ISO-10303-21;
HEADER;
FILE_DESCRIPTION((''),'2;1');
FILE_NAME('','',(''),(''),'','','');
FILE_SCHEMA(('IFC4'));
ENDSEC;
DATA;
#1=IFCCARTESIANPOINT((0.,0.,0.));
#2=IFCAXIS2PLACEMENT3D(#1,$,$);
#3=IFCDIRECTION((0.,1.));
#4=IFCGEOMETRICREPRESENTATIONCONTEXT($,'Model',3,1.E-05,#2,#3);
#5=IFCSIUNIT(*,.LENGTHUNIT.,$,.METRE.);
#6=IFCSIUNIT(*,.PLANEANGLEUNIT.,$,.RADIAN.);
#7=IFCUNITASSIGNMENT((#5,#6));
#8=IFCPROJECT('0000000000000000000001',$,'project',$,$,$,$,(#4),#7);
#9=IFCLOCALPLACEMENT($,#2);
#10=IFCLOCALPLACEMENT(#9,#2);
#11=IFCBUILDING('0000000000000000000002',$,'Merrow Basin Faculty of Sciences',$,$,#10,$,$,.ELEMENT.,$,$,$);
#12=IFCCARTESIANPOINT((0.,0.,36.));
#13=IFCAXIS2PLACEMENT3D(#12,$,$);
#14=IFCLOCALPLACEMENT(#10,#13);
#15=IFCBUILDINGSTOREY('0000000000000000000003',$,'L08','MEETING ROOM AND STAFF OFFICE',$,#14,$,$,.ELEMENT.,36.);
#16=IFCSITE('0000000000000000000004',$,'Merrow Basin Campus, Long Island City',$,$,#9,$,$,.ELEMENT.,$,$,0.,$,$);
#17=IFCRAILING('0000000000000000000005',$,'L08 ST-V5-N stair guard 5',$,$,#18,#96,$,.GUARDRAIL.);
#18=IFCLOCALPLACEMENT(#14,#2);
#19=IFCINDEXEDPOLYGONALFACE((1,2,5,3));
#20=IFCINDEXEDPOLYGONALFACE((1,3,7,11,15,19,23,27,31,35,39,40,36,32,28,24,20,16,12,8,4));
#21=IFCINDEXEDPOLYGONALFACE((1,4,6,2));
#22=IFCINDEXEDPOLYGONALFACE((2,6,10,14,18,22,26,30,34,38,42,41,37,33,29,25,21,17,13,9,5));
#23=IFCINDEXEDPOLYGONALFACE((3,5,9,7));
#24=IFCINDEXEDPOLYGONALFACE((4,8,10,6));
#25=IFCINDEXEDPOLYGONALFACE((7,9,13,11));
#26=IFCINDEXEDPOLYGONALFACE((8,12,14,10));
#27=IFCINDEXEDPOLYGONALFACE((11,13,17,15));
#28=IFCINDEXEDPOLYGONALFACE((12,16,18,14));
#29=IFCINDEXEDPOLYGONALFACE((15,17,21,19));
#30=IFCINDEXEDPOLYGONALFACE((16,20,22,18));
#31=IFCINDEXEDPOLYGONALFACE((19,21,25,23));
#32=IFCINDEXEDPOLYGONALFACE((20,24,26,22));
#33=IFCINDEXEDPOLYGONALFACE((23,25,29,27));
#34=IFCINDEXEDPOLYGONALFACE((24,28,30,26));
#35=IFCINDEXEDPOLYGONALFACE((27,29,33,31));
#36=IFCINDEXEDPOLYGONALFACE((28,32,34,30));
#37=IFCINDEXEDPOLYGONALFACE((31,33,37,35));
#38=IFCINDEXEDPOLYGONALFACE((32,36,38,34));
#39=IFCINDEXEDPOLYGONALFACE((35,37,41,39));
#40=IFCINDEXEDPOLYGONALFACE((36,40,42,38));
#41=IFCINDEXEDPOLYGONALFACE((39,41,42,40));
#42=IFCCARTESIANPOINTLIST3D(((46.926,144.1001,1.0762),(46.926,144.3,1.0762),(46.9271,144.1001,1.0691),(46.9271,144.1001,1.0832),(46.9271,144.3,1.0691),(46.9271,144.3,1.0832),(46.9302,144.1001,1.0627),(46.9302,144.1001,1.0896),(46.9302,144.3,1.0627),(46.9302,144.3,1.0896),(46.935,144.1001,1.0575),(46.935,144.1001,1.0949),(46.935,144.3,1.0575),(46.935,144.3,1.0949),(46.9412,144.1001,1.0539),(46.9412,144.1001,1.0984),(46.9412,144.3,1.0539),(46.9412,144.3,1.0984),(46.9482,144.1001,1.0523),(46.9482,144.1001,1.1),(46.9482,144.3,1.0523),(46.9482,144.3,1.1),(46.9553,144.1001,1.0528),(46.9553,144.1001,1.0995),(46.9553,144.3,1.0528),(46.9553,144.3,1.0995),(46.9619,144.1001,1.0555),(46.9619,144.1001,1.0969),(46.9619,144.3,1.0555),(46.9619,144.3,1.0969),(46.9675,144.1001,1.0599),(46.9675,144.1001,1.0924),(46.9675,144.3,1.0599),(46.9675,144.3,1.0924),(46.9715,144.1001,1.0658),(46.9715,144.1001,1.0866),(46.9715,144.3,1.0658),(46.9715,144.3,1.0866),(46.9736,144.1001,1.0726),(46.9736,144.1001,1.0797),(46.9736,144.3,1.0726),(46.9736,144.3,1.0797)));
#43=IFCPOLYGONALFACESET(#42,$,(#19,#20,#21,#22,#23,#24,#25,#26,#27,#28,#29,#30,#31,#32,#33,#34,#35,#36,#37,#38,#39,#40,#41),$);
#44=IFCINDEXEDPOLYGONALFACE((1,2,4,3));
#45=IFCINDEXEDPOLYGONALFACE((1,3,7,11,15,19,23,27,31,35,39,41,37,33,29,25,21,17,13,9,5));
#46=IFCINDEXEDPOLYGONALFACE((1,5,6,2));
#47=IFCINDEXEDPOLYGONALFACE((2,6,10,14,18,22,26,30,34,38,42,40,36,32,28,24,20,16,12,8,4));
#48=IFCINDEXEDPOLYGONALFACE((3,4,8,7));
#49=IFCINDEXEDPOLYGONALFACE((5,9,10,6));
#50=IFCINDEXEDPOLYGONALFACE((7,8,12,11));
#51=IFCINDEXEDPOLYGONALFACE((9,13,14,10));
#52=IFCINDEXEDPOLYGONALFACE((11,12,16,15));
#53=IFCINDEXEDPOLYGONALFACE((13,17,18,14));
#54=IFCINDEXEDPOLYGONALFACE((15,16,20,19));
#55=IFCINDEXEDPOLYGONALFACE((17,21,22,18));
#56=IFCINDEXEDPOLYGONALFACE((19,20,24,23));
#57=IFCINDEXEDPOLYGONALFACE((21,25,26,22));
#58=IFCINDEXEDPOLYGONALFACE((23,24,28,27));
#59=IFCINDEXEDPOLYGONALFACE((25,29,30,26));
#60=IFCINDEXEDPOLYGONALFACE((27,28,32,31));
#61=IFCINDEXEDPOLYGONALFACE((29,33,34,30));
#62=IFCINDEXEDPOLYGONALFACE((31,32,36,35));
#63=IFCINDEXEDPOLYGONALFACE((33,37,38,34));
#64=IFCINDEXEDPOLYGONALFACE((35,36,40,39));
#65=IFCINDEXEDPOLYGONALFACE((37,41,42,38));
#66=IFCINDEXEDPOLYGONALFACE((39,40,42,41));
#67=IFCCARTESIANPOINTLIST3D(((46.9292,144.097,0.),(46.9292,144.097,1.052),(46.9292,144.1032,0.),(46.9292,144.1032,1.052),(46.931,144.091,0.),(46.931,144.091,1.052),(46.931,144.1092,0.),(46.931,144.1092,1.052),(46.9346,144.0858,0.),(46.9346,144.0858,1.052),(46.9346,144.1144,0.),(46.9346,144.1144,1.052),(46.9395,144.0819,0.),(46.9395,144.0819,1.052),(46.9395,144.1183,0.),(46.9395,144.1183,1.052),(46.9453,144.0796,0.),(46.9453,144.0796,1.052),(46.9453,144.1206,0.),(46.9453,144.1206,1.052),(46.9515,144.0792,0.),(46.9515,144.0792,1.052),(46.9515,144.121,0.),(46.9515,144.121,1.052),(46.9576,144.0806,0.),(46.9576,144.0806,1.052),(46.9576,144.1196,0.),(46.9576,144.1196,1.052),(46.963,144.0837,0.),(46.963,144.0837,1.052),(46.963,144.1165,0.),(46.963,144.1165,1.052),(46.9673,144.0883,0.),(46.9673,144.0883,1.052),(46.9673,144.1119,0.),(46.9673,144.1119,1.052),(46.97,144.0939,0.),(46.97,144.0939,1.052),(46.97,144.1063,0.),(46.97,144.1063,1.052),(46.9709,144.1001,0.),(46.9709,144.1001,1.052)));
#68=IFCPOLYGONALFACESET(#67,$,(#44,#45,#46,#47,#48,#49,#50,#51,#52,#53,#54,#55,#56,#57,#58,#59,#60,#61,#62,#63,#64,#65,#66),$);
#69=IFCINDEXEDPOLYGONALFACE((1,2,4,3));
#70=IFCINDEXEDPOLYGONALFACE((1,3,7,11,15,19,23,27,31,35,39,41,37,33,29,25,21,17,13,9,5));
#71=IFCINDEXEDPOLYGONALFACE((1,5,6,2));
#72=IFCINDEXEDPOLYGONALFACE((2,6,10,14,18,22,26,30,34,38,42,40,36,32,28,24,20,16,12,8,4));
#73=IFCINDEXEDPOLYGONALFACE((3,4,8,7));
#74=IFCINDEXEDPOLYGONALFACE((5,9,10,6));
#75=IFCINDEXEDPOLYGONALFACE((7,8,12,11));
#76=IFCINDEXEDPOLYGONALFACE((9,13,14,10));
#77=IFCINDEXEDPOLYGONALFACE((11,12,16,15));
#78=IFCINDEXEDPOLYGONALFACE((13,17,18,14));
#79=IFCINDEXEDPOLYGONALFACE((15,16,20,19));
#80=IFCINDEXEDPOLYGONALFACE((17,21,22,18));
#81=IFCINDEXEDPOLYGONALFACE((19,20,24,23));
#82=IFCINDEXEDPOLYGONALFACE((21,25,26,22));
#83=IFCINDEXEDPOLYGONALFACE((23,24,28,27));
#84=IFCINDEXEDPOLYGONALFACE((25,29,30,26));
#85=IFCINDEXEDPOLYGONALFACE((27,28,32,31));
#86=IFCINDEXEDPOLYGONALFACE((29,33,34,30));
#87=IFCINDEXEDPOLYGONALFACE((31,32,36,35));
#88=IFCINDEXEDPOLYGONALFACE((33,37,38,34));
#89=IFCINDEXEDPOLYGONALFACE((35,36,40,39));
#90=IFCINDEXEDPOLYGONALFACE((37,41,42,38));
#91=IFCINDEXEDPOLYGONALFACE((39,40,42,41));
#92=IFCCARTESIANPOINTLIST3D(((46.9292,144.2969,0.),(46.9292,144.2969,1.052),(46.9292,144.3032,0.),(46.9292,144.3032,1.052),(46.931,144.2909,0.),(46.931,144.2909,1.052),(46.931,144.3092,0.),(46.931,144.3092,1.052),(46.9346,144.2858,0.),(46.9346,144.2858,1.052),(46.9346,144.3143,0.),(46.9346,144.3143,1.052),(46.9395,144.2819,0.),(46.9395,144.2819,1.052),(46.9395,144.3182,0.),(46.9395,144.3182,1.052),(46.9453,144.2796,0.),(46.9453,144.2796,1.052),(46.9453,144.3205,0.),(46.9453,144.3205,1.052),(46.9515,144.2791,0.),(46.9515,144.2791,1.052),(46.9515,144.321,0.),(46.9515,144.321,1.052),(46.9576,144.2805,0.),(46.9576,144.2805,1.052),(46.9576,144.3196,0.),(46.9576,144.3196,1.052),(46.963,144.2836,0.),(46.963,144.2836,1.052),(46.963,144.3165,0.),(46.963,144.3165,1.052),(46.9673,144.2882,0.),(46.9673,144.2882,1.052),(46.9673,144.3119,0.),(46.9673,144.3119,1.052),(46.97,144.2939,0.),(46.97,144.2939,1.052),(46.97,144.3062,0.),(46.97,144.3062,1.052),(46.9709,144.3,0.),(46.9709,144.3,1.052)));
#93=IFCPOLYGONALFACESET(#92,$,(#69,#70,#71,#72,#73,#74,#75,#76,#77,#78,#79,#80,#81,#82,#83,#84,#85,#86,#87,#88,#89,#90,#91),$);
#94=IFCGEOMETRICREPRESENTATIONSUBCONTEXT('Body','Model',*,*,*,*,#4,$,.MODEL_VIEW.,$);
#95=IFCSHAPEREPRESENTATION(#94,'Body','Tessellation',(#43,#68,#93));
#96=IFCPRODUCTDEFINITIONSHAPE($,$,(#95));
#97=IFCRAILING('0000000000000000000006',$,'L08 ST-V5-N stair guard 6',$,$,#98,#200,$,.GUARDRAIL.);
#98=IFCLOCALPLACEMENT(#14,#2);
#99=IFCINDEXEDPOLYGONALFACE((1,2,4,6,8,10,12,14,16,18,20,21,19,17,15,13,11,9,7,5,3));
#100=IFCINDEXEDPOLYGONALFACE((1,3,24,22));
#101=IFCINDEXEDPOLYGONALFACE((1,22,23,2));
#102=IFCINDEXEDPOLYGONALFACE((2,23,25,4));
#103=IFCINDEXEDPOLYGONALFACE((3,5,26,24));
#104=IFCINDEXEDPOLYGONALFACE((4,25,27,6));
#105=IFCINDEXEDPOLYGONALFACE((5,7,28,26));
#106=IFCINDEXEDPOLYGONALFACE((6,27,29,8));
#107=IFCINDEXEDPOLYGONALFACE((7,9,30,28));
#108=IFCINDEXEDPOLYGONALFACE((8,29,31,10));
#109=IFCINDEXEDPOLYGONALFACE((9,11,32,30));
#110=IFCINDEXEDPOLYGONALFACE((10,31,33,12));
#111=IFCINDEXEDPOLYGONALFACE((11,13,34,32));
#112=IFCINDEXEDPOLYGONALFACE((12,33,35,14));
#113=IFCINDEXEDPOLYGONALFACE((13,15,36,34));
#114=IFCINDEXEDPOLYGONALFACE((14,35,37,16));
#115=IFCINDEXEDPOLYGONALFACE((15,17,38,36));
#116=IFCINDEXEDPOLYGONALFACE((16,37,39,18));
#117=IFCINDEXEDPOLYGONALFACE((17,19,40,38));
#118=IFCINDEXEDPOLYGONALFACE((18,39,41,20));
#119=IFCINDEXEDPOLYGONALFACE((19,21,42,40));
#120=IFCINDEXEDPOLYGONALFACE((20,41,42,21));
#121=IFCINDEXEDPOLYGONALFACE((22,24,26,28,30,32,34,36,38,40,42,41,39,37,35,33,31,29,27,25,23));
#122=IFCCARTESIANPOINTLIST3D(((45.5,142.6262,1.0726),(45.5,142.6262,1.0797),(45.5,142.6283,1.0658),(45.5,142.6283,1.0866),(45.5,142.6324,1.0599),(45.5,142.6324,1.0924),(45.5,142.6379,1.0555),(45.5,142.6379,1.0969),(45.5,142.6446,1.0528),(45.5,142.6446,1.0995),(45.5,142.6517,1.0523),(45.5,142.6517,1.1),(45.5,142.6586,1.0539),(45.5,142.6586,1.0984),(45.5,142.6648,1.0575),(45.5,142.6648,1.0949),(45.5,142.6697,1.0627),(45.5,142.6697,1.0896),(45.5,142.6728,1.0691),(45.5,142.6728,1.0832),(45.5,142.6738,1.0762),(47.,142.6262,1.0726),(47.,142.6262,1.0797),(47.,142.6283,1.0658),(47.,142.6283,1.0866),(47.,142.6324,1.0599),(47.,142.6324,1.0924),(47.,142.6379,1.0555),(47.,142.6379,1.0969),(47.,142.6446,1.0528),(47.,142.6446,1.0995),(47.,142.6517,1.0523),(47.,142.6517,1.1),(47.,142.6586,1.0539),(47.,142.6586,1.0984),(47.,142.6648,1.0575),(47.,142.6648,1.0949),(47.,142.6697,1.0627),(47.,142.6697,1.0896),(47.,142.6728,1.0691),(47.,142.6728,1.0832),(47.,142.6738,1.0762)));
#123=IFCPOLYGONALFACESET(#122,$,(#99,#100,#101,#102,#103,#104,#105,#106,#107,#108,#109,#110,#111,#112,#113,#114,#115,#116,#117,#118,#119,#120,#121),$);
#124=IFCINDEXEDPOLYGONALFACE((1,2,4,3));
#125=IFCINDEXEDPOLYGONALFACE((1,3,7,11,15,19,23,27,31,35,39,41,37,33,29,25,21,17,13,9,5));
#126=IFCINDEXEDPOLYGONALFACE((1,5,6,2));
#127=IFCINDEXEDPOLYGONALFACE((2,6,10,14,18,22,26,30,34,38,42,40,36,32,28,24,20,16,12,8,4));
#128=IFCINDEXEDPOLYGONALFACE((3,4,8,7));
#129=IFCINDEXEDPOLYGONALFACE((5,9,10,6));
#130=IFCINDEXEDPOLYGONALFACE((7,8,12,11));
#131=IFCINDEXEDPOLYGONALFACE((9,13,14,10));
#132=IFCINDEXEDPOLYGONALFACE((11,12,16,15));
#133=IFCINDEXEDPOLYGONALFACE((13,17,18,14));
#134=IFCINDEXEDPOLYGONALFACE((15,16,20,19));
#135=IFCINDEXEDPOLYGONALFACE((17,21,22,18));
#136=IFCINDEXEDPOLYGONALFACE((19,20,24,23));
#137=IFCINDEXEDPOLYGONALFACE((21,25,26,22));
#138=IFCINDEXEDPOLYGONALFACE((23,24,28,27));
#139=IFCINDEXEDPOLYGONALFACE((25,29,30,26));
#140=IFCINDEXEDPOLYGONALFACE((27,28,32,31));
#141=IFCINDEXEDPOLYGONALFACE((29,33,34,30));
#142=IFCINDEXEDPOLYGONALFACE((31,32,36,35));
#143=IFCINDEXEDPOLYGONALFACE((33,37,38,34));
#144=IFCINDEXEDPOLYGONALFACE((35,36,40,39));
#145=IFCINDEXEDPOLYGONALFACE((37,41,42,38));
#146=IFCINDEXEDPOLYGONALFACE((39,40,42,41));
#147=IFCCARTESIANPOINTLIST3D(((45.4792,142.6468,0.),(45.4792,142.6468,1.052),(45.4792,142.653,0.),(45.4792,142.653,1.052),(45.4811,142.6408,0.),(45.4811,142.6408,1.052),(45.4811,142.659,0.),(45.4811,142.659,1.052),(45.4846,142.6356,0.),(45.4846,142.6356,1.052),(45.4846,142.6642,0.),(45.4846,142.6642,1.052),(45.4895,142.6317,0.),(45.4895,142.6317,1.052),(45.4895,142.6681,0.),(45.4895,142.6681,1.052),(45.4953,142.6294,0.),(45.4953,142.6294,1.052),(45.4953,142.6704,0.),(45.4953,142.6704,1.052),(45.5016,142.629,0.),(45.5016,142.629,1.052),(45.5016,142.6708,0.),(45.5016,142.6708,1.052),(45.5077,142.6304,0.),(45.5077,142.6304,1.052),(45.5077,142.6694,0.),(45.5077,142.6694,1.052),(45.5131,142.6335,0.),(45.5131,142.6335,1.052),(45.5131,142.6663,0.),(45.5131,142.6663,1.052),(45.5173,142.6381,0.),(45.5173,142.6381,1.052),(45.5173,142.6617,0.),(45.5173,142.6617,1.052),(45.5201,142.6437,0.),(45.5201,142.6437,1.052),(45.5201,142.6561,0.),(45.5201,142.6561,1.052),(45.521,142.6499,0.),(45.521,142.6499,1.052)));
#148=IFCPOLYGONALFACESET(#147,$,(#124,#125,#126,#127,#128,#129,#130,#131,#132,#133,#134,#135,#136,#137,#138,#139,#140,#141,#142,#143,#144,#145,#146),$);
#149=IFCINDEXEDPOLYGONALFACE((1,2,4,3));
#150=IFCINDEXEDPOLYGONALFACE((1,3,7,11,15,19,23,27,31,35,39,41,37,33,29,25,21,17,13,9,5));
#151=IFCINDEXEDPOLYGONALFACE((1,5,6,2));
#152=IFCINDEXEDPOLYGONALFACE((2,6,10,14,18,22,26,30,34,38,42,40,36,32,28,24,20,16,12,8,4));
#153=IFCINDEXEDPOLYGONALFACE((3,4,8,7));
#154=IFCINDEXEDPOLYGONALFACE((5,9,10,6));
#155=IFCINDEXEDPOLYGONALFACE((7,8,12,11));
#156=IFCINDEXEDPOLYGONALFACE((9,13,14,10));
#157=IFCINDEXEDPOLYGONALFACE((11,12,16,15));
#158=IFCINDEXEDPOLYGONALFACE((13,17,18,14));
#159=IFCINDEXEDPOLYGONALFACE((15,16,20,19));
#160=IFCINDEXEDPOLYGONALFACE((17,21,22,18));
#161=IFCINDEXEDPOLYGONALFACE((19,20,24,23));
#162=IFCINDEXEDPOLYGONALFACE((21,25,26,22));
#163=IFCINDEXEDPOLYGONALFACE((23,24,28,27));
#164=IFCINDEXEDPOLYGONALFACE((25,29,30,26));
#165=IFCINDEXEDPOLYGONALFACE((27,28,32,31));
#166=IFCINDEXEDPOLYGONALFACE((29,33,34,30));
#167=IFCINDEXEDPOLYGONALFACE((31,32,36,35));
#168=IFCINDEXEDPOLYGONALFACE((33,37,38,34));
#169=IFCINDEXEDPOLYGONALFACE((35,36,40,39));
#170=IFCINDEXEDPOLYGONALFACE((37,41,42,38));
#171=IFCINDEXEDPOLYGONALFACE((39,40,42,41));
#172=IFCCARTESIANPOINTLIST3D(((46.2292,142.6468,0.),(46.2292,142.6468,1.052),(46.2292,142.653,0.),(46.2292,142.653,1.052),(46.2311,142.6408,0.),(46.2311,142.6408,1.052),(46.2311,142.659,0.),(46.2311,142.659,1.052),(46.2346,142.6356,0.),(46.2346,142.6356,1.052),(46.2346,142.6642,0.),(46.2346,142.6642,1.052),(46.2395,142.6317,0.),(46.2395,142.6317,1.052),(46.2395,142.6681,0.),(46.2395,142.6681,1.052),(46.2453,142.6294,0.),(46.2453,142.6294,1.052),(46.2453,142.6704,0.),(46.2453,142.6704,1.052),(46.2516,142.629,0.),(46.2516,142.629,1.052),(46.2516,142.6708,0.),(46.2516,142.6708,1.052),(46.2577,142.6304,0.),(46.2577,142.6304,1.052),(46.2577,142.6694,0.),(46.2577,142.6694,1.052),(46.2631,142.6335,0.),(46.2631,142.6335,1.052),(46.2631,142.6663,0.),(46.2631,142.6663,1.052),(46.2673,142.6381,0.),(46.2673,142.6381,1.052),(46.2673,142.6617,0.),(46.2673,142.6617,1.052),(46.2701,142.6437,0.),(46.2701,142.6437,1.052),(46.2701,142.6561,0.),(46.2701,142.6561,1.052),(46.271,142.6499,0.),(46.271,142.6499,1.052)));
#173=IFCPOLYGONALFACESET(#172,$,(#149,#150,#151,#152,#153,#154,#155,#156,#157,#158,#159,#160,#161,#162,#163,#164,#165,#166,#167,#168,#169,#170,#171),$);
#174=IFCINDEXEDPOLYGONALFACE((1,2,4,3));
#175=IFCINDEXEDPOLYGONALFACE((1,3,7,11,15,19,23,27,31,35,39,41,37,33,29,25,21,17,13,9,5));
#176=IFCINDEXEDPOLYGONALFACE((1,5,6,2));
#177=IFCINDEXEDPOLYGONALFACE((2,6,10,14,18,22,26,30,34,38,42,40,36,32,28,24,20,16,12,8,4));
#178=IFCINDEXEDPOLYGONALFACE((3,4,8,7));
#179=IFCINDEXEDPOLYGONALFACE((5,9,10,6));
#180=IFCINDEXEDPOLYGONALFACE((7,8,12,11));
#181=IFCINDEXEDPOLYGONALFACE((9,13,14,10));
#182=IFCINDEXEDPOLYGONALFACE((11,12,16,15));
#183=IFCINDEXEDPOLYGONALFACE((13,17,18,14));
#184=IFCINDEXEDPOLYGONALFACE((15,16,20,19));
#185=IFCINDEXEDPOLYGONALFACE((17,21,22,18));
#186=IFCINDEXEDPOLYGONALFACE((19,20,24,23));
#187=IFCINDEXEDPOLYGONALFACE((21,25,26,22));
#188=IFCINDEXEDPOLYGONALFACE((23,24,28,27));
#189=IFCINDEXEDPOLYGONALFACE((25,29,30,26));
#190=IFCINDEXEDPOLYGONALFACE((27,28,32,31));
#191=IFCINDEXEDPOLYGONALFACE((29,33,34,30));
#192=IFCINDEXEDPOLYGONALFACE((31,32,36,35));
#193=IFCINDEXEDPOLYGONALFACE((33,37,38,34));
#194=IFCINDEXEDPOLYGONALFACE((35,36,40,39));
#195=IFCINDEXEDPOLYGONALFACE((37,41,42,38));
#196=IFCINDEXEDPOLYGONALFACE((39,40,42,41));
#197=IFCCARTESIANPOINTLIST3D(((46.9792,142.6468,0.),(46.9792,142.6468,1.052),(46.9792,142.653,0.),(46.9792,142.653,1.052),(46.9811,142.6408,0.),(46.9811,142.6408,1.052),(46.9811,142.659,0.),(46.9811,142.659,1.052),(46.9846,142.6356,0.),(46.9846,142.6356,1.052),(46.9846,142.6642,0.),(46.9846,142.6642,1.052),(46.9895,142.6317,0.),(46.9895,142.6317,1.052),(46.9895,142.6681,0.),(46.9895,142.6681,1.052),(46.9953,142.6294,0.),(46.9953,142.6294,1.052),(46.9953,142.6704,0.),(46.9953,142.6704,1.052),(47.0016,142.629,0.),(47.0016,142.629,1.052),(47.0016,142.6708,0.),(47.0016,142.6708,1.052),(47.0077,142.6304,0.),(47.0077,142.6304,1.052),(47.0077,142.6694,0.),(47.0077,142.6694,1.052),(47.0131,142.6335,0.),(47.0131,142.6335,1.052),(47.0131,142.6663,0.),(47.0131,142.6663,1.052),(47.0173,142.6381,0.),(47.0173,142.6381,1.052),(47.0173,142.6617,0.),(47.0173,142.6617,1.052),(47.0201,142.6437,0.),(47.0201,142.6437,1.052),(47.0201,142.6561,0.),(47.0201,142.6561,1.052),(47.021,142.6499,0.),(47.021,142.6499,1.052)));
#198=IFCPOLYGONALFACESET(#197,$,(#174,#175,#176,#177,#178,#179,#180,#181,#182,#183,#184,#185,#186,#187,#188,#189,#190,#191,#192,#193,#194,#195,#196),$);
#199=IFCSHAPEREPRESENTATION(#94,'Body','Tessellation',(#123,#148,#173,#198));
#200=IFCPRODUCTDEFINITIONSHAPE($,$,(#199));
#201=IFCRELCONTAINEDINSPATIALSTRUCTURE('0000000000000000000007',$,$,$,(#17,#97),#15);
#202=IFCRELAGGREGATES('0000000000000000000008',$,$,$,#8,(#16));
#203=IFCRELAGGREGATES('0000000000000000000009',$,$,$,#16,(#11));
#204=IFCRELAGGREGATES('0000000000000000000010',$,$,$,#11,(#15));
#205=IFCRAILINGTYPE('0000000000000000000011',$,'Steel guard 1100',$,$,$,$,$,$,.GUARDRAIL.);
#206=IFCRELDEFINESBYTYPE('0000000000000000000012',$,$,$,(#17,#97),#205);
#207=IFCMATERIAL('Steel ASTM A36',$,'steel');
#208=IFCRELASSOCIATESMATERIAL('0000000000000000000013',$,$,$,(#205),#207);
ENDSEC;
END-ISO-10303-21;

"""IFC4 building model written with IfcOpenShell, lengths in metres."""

from ifc_helpers import new_model, si_unit, direction, frame, origin, origin_2d, place, context, subcontext, project, spatial, circle, extrude, material, type_object, element, save


model = new_model("IFC4")

# Units and contexts
model_context = context("Model", 3, precision=1e-05, world=origin(), true_north=direction((0.0, 1.0)))
body_context = subcontext(model_context, "Body", "Model", "MODEL_VIEW")
ifc_project = project(units=[si_unit("LENGTHUNIT", "METRE"), si_unit("PLANEANGLEUNIT", "RADIAN")], contexts=[model_context])

# Site, building, storey
site_placement = place(None, origin())
site = spatial("IfcSite", under=ifc_project, at=site_placement, Name="Merrow Basin Campus, Long Island City", CompositionType="ELEMENT", RefElevation=0.0)
building_placement = place(site_placement, origin())
building = spatial("IfcBuilding", under=site, at=building_placement, Name="Merrow Basin Faculty of Sciences", CompositionType="ELEMENT")
storey_placement = place(building_placement, frame((0.0, 0.0, 36.0)))
storey = spatial("IfcBuildingStorey", under=building, at=storey_placement, Name="L08", Description="MEETING ROOM AND STAFF OFFICE", CompositionType="ELEMENT", Elevation=36.0)

# Railings
ifc_material_1 = material(Name="Steel ASTM A36", Category="steel")
railing_type_1 = type_object("IfcRailingType", Name="Steel guard 1100", PredefinedType="GUARDRAIL", material=ifc_material_1)
railing_1_placement = place(storey_placement, frame((46.95, 144.1001, 0.0)))
element("IfcRailing", 1, at=railing_1_placement, inside=storey, type_object=railing_type_1, Name="L08 ST-V5-N stair guard 5", PredefinedType="GUARDRAIL", context=body_context, shape_type="SweptSolid", body=[
    extrude(circle(Radius=0.0239, at=origin_2d()), frame((0.0, 0.0, 1.0762), z_axis=(0.0, 1.0, 0.0), x_axis=(-1.0, 0.0, 0.0)), (0.0, 0.0, 1.0), 0.2),
    extrude(circle(Radius=0.021, at=origin_2d()), origin(), (0.0, 0.0, 1.0), 1.052),
    extrude(circle(Radius=0.021, at=origin_2d()), frame((0.0, 0.2, 0.0)), (0.0, 0.0, 1.0), 1.052),
])
railing_2_placement = place(storey_placement, frame((45.5, 142.6499, 0.0)))
element("IfcRailing", 2, at=railing_2_placement, inside=storey, type_object=railing_type_1, Name="L08 ST-V5-N stair guard 6", PredefinedType="GUARDRAIL", context=body_context, shape_type="SweptSolid", body=[
    extrude(circle(Radius=0.0239, at=origin_2d()), frame((0.0, 0.0, 1.0762), z_axis=(1.0, 0.0, 0.0), x_axis=(0.0, 1.0, 0.0)), (0.0, 0.0, 1.0), 1.5),
    extrude(circle(Radius=0.021, at=origin_2d()), origin(), (0.0, 0.0, 1.0), 1.052),
    extrude(circle(Radius=0.021, at=origin_2d()), frame((0.75, 0.0, 0.0)), (0.0, 0.0, 1.0), 1.052),
    extrude(circle(Radius=0.021, at=origin_2d()), frame((1.5, 0.0, 0.0)), (0.0, 0.0, 1.0), 1.052),
])

save(model, "model.ifc")
